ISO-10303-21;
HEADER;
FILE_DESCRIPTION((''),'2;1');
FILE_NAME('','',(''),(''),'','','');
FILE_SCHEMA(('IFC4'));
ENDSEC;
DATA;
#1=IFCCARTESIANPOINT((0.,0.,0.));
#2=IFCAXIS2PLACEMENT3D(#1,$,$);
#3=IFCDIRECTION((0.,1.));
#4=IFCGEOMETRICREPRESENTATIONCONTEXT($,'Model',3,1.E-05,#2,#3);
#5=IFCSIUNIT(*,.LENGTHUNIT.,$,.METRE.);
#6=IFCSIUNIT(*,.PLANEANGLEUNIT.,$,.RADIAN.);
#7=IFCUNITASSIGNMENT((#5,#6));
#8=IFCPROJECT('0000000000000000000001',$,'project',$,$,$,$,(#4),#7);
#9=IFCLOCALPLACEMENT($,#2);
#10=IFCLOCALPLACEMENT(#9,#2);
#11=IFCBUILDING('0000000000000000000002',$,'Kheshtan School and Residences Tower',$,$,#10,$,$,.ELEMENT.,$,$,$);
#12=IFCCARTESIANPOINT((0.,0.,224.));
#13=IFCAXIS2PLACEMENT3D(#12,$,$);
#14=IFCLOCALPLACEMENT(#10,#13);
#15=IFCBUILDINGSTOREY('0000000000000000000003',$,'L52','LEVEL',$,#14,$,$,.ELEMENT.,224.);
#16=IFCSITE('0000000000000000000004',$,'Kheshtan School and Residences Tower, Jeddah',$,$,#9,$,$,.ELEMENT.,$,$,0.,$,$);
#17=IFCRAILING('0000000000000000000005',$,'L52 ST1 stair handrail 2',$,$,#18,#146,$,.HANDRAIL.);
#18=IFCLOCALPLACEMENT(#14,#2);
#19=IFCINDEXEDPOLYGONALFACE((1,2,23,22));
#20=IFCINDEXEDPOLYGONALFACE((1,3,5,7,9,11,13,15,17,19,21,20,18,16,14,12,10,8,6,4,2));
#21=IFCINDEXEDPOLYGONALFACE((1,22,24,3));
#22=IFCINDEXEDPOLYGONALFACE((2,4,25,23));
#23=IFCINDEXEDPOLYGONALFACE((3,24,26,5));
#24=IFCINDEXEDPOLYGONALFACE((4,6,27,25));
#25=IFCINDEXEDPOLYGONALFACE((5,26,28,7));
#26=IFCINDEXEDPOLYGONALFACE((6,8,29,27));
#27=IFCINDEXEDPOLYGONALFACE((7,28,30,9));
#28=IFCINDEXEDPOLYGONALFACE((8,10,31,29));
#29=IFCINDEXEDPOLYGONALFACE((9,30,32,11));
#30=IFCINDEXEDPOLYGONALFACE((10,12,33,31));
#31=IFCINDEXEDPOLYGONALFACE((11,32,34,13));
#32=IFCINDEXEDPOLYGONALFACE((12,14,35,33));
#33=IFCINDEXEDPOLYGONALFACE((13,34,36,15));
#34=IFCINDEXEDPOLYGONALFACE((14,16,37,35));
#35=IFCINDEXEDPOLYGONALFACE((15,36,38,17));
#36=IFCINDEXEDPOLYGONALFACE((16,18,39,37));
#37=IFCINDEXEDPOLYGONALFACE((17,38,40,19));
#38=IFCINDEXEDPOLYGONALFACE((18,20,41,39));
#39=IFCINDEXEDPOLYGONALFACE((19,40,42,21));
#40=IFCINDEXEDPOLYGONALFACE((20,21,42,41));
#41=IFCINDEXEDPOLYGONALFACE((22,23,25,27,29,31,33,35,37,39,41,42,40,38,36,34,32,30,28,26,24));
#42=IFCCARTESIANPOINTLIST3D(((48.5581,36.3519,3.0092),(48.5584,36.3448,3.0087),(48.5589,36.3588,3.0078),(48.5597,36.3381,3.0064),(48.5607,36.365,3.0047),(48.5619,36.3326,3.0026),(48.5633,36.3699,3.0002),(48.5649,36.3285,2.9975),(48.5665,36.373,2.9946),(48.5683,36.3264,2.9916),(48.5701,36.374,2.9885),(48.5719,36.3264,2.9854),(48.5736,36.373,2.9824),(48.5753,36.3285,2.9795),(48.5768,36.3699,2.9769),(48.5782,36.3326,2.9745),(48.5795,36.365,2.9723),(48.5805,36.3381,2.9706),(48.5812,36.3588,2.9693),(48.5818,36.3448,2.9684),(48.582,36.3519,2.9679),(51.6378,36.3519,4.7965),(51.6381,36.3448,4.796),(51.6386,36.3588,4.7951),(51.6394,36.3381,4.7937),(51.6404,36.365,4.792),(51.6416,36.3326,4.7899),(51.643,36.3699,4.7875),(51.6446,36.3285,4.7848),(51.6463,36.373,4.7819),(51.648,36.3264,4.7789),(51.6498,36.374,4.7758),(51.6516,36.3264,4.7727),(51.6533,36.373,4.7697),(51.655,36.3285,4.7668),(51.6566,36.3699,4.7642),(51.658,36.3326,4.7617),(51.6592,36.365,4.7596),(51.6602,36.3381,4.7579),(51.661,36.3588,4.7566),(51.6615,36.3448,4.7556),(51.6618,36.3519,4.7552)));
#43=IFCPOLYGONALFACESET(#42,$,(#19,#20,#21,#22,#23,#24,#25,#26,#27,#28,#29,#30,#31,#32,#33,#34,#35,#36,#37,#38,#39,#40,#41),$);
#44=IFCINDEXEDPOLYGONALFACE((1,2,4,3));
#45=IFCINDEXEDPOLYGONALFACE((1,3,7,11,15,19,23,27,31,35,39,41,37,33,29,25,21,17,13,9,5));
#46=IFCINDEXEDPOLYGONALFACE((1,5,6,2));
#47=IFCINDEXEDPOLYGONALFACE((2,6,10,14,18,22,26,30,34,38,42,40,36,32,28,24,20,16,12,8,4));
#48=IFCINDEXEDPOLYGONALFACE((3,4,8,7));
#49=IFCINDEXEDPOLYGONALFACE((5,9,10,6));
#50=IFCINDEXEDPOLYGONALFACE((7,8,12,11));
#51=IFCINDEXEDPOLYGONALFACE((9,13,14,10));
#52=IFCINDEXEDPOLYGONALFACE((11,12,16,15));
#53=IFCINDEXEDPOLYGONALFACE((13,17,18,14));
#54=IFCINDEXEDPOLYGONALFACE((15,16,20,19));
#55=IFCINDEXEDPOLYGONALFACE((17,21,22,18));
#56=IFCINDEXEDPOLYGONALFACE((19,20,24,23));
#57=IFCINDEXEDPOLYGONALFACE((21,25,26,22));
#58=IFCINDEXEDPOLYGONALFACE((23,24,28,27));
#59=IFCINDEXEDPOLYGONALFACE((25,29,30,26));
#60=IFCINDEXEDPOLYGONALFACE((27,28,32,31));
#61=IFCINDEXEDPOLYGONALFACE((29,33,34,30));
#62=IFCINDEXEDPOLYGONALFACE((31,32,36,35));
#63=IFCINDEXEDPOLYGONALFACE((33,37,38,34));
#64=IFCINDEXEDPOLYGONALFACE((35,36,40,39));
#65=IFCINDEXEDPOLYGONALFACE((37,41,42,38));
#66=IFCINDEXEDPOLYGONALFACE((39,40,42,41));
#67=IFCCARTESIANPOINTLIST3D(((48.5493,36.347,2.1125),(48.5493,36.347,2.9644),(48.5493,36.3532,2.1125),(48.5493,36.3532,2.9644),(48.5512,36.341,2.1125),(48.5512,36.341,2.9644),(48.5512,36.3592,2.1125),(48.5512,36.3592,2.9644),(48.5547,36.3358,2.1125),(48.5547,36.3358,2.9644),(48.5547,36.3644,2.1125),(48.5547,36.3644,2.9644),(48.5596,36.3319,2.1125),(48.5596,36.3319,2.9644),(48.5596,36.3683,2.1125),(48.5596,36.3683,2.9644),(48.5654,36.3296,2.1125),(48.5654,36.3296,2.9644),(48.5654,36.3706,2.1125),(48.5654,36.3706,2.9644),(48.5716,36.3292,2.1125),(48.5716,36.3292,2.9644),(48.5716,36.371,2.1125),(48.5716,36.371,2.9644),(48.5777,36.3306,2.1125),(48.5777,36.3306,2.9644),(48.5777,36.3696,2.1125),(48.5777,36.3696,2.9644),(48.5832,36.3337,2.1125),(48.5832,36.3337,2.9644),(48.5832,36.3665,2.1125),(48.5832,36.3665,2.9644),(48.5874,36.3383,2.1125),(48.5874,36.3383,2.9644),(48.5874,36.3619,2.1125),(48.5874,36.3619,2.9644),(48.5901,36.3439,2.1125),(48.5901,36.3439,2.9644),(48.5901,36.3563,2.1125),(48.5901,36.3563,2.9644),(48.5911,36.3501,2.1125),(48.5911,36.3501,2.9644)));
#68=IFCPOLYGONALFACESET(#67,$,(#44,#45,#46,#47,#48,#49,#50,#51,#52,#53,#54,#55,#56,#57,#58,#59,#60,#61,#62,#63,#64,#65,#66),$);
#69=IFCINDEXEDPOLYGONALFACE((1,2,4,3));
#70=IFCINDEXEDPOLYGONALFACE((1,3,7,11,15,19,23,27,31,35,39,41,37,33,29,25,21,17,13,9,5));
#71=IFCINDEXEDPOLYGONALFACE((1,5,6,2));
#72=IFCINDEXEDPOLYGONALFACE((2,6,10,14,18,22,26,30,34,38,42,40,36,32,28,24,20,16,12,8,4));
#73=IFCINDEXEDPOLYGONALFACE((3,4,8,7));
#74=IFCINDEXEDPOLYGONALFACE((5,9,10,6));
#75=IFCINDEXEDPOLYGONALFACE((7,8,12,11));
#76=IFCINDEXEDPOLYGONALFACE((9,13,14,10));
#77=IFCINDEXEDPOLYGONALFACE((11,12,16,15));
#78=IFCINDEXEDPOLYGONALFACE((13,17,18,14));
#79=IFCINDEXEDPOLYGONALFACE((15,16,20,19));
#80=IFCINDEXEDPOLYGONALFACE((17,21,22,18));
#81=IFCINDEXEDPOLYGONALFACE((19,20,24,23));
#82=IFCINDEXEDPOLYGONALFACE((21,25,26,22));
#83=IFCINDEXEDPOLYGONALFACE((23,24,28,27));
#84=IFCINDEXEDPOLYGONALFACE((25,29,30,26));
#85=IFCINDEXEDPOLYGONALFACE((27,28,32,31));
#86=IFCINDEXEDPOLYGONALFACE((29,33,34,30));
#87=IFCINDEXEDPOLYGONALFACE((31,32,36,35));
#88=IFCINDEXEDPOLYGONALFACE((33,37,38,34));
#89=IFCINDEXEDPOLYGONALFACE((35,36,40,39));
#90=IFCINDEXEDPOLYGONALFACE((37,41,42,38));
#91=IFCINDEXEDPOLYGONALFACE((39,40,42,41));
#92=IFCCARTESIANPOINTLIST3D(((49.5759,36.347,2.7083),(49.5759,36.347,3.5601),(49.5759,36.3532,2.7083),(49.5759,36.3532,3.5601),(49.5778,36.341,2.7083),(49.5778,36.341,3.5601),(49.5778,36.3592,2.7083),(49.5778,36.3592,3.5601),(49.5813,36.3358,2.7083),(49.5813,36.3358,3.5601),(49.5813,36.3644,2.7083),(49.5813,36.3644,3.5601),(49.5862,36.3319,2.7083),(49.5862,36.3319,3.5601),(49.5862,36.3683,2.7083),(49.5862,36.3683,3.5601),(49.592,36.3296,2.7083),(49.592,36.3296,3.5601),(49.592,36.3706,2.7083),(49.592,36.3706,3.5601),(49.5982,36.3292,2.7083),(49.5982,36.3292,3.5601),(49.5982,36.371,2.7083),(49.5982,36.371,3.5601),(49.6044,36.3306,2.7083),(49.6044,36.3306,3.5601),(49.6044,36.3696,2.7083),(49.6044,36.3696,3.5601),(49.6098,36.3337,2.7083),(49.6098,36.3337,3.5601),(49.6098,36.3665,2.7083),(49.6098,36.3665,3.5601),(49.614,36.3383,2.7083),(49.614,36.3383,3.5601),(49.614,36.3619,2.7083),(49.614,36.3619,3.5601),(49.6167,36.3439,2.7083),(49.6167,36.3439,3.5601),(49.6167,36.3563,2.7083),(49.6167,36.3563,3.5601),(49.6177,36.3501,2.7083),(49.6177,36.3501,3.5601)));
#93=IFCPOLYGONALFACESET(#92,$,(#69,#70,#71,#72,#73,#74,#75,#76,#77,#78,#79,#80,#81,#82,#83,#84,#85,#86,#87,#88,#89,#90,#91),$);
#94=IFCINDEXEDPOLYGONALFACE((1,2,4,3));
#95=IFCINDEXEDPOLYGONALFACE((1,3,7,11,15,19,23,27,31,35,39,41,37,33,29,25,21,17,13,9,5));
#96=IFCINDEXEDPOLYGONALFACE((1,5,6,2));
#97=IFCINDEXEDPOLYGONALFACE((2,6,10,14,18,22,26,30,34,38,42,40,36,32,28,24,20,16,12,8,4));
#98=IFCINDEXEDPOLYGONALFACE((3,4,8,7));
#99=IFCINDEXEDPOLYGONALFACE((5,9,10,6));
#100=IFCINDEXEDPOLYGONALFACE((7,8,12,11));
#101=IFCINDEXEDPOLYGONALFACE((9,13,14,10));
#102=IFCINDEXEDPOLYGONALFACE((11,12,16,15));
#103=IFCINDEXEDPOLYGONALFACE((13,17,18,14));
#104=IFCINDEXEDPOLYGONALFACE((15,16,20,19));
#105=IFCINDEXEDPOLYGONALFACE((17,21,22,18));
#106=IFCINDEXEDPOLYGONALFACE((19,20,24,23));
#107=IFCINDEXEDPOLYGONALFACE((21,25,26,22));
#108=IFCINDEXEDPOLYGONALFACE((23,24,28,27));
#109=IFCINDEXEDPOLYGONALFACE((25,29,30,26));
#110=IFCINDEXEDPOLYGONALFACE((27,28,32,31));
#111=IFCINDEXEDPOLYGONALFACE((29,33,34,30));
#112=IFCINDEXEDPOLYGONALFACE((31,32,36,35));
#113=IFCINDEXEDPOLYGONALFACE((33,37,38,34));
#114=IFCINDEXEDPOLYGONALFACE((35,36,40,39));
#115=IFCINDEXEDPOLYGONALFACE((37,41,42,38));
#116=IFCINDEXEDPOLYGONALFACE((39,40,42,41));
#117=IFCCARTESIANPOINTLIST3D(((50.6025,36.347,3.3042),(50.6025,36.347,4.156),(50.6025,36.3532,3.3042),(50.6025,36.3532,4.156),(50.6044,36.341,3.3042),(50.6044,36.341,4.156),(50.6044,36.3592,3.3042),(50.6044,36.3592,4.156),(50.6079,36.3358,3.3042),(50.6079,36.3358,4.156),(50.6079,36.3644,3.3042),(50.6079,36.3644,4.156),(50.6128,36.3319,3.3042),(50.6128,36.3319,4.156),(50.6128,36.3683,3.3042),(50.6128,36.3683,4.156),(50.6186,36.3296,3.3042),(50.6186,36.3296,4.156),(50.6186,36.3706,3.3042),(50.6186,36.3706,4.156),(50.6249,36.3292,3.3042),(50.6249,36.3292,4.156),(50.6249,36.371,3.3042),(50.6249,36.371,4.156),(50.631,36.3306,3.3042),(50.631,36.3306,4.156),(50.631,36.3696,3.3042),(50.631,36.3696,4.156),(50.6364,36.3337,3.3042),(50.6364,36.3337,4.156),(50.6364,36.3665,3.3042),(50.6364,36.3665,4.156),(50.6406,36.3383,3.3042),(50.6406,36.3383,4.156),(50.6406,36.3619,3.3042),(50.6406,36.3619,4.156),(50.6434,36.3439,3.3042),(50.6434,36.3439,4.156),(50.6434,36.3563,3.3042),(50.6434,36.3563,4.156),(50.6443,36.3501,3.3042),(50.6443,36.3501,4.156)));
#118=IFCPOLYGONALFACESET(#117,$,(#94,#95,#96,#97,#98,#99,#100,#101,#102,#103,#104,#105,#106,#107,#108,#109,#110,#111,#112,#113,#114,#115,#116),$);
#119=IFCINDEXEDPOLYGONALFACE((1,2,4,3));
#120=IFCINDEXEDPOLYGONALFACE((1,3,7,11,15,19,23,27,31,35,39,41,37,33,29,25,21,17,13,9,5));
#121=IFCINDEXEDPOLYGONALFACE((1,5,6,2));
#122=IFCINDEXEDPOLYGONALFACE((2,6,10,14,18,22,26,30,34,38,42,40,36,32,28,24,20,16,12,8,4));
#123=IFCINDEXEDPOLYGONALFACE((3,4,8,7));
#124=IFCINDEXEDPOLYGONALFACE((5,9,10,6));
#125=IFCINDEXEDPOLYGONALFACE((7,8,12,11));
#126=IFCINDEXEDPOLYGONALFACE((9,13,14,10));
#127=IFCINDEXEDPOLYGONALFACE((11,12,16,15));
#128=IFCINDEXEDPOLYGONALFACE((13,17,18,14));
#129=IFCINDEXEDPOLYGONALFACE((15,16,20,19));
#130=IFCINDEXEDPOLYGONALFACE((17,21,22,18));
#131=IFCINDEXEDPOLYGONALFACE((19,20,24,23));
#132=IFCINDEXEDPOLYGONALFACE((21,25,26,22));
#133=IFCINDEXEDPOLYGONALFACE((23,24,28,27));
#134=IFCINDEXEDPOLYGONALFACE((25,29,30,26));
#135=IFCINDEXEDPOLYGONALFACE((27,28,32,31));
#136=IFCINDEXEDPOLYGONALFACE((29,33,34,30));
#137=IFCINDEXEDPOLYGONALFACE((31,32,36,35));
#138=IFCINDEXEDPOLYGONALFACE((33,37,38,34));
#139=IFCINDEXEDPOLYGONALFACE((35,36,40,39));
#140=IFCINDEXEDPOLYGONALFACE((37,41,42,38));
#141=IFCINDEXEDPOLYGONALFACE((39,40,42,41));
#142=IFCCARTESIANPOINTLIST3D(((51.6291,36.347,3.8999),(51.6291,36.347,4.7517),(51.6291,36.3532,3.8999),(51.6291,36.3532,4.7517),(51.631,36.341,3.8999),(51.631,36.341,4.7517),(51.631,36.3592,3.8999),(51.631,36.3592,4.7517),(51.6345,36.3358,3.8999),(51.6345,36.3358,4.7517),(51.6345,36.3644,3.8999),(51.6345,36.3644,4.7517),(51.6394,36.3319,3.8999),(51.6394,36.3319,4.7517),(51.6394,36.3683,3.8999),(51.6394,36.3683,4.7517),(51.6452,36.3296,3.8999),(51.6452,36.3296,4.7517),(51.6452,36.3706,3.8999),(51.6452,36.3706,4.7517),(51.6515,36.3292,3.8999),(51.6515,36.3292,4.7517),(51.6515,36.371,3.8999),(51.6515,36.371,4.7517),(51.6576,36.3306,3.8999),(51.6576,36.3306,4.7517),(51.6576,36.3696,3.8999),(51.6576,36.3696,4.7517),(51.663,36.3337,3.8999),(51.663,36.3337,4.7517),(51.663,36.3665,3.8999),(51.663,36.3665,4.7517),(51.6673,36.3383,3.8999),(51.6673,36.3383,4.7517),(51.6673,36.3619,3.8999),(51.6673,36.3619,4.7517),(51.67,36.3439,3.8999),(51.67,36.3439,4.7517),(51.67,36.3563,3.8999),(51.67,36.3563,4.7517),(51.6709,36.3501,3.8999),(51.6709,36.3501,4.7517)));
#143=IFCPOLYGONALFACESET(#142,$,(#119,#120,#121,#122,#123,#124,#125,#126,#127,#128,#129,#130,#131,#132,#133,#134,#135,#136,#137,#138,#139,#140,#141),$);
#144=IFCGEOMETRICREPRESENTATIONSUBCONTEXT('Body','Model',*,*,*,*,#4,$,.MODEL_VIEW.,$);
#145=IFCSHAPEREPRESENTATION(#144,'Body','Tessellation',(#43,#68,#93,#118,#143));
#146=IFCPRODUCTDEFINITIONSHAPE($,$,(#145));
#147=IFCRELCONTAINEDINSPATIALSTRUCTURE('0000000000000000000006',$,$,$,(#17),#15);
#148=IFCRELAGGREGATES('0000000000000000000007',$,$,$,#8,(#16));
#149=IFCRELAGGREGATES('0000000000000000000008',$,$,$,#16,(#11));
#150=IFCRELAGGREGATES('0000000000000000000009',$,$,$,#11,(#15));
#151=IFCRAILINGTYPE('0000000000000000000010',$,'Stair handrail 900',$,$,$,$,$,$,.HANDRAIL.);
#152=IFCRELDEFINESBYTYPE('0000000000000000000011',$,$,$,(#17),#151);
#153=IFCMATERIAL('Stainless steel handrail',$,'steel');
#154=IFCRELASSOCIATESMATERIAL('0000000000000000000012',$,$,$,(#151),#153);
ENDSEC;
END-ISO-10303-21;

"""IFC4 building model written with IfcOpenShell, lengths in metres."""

from ifc_helpers import new_model, si_unit, direction, frame, origin, origin_2d, place, context, subcontext, project, spatial, circle, extrude, material, type_object, element, save


model = new_model("IFC4")

# Units and contexts
model_context = context("Model", 3, precision=1e-05, world=origin(), true_north=direction((0.0, 1.0)))
body_context = subcontext(model_context, "Body", "Model", "MODEL_VIEW")
ifc_project = project(units=[si_unit("LENGTHUNIT", "METRE"), si_unit("PLANEANGLEUNIT", "RADIAN")], contexts=[model_context])

# Site, building, storey
site_placement = place(None, origin())
site = spatial("IfcSite", under=ifc_project, at=site_placement, Name="Kheshtan School and Residences Tower, Jeddah", CompositionType="ELEMENT", RefElevation=0.0)
building_placement = place(site_placement, origin())
building = spatial("IfcBuilding", under=site, at=building_placement, Name="Kheshtan School and Residences Tower", CompositionType="ELEMENT")
storey_placement = place(building_placement, frame((0.0, 0.0, 224.0)))
storey = spatial("IfcBuildingStorey", under=building, at=storey_placement, Name="L52", Description="LEVEL", CompositionType="ELEMENT", Elevation=224.0)

# Railing
ifc_material_1 = material(Name="Stainless steel handrail", Category="steel")
railing_type_1 = type_object("IfcRailingType", Name="Stair handrail 900", PredefinedType="HANDRAIL", material=ifc_material_1)
railing_1_placement = place(storey_placement, frame((48.5701, 36.3501, 2.1125)))
element("IfcRailing", 1, at=railing_1_placement, inside=storey, type_object=railing_type_1, Name="L52 ST1 stair handrail 2", PredefinedType="HANDRAIL", context=body_context, shape_type="SweptSolid", body=[
    extrude(circle(Radius=0.0239, at=origin_2d()), frame((0.0, 0.0, 0.876), z_axis=(0.864903, 0.0, 0.501939), x_axis=(0.0, 1.0, 0.0)), (0.0, 0.0, 1.0), 3.5608),
    extrude(circle(Radius=0.021, at=origin_2d()), origin(), (0.0, 0.0, 1.0), 0.8518),
    extrude(circle(Radius=0.021, at=origin_2d()), frame((1.0266, 0.0, 0.5957)), (0.0, 0.0, 1.0), 0.8518),
    extrude(circle(Radius=0.021, at=origin_2d()), frame((2.0532, 0.0, 1.1917)), (0.0, 0.0, 1.0), 0.8518),
    extrude(circle(Radius=0.021, at=origin_2d()), frame((3.0798, 0.0, 1.7874)), (0.0, 0.0, 1.0), 0.8518),
])

save(model, "model.ifc")
